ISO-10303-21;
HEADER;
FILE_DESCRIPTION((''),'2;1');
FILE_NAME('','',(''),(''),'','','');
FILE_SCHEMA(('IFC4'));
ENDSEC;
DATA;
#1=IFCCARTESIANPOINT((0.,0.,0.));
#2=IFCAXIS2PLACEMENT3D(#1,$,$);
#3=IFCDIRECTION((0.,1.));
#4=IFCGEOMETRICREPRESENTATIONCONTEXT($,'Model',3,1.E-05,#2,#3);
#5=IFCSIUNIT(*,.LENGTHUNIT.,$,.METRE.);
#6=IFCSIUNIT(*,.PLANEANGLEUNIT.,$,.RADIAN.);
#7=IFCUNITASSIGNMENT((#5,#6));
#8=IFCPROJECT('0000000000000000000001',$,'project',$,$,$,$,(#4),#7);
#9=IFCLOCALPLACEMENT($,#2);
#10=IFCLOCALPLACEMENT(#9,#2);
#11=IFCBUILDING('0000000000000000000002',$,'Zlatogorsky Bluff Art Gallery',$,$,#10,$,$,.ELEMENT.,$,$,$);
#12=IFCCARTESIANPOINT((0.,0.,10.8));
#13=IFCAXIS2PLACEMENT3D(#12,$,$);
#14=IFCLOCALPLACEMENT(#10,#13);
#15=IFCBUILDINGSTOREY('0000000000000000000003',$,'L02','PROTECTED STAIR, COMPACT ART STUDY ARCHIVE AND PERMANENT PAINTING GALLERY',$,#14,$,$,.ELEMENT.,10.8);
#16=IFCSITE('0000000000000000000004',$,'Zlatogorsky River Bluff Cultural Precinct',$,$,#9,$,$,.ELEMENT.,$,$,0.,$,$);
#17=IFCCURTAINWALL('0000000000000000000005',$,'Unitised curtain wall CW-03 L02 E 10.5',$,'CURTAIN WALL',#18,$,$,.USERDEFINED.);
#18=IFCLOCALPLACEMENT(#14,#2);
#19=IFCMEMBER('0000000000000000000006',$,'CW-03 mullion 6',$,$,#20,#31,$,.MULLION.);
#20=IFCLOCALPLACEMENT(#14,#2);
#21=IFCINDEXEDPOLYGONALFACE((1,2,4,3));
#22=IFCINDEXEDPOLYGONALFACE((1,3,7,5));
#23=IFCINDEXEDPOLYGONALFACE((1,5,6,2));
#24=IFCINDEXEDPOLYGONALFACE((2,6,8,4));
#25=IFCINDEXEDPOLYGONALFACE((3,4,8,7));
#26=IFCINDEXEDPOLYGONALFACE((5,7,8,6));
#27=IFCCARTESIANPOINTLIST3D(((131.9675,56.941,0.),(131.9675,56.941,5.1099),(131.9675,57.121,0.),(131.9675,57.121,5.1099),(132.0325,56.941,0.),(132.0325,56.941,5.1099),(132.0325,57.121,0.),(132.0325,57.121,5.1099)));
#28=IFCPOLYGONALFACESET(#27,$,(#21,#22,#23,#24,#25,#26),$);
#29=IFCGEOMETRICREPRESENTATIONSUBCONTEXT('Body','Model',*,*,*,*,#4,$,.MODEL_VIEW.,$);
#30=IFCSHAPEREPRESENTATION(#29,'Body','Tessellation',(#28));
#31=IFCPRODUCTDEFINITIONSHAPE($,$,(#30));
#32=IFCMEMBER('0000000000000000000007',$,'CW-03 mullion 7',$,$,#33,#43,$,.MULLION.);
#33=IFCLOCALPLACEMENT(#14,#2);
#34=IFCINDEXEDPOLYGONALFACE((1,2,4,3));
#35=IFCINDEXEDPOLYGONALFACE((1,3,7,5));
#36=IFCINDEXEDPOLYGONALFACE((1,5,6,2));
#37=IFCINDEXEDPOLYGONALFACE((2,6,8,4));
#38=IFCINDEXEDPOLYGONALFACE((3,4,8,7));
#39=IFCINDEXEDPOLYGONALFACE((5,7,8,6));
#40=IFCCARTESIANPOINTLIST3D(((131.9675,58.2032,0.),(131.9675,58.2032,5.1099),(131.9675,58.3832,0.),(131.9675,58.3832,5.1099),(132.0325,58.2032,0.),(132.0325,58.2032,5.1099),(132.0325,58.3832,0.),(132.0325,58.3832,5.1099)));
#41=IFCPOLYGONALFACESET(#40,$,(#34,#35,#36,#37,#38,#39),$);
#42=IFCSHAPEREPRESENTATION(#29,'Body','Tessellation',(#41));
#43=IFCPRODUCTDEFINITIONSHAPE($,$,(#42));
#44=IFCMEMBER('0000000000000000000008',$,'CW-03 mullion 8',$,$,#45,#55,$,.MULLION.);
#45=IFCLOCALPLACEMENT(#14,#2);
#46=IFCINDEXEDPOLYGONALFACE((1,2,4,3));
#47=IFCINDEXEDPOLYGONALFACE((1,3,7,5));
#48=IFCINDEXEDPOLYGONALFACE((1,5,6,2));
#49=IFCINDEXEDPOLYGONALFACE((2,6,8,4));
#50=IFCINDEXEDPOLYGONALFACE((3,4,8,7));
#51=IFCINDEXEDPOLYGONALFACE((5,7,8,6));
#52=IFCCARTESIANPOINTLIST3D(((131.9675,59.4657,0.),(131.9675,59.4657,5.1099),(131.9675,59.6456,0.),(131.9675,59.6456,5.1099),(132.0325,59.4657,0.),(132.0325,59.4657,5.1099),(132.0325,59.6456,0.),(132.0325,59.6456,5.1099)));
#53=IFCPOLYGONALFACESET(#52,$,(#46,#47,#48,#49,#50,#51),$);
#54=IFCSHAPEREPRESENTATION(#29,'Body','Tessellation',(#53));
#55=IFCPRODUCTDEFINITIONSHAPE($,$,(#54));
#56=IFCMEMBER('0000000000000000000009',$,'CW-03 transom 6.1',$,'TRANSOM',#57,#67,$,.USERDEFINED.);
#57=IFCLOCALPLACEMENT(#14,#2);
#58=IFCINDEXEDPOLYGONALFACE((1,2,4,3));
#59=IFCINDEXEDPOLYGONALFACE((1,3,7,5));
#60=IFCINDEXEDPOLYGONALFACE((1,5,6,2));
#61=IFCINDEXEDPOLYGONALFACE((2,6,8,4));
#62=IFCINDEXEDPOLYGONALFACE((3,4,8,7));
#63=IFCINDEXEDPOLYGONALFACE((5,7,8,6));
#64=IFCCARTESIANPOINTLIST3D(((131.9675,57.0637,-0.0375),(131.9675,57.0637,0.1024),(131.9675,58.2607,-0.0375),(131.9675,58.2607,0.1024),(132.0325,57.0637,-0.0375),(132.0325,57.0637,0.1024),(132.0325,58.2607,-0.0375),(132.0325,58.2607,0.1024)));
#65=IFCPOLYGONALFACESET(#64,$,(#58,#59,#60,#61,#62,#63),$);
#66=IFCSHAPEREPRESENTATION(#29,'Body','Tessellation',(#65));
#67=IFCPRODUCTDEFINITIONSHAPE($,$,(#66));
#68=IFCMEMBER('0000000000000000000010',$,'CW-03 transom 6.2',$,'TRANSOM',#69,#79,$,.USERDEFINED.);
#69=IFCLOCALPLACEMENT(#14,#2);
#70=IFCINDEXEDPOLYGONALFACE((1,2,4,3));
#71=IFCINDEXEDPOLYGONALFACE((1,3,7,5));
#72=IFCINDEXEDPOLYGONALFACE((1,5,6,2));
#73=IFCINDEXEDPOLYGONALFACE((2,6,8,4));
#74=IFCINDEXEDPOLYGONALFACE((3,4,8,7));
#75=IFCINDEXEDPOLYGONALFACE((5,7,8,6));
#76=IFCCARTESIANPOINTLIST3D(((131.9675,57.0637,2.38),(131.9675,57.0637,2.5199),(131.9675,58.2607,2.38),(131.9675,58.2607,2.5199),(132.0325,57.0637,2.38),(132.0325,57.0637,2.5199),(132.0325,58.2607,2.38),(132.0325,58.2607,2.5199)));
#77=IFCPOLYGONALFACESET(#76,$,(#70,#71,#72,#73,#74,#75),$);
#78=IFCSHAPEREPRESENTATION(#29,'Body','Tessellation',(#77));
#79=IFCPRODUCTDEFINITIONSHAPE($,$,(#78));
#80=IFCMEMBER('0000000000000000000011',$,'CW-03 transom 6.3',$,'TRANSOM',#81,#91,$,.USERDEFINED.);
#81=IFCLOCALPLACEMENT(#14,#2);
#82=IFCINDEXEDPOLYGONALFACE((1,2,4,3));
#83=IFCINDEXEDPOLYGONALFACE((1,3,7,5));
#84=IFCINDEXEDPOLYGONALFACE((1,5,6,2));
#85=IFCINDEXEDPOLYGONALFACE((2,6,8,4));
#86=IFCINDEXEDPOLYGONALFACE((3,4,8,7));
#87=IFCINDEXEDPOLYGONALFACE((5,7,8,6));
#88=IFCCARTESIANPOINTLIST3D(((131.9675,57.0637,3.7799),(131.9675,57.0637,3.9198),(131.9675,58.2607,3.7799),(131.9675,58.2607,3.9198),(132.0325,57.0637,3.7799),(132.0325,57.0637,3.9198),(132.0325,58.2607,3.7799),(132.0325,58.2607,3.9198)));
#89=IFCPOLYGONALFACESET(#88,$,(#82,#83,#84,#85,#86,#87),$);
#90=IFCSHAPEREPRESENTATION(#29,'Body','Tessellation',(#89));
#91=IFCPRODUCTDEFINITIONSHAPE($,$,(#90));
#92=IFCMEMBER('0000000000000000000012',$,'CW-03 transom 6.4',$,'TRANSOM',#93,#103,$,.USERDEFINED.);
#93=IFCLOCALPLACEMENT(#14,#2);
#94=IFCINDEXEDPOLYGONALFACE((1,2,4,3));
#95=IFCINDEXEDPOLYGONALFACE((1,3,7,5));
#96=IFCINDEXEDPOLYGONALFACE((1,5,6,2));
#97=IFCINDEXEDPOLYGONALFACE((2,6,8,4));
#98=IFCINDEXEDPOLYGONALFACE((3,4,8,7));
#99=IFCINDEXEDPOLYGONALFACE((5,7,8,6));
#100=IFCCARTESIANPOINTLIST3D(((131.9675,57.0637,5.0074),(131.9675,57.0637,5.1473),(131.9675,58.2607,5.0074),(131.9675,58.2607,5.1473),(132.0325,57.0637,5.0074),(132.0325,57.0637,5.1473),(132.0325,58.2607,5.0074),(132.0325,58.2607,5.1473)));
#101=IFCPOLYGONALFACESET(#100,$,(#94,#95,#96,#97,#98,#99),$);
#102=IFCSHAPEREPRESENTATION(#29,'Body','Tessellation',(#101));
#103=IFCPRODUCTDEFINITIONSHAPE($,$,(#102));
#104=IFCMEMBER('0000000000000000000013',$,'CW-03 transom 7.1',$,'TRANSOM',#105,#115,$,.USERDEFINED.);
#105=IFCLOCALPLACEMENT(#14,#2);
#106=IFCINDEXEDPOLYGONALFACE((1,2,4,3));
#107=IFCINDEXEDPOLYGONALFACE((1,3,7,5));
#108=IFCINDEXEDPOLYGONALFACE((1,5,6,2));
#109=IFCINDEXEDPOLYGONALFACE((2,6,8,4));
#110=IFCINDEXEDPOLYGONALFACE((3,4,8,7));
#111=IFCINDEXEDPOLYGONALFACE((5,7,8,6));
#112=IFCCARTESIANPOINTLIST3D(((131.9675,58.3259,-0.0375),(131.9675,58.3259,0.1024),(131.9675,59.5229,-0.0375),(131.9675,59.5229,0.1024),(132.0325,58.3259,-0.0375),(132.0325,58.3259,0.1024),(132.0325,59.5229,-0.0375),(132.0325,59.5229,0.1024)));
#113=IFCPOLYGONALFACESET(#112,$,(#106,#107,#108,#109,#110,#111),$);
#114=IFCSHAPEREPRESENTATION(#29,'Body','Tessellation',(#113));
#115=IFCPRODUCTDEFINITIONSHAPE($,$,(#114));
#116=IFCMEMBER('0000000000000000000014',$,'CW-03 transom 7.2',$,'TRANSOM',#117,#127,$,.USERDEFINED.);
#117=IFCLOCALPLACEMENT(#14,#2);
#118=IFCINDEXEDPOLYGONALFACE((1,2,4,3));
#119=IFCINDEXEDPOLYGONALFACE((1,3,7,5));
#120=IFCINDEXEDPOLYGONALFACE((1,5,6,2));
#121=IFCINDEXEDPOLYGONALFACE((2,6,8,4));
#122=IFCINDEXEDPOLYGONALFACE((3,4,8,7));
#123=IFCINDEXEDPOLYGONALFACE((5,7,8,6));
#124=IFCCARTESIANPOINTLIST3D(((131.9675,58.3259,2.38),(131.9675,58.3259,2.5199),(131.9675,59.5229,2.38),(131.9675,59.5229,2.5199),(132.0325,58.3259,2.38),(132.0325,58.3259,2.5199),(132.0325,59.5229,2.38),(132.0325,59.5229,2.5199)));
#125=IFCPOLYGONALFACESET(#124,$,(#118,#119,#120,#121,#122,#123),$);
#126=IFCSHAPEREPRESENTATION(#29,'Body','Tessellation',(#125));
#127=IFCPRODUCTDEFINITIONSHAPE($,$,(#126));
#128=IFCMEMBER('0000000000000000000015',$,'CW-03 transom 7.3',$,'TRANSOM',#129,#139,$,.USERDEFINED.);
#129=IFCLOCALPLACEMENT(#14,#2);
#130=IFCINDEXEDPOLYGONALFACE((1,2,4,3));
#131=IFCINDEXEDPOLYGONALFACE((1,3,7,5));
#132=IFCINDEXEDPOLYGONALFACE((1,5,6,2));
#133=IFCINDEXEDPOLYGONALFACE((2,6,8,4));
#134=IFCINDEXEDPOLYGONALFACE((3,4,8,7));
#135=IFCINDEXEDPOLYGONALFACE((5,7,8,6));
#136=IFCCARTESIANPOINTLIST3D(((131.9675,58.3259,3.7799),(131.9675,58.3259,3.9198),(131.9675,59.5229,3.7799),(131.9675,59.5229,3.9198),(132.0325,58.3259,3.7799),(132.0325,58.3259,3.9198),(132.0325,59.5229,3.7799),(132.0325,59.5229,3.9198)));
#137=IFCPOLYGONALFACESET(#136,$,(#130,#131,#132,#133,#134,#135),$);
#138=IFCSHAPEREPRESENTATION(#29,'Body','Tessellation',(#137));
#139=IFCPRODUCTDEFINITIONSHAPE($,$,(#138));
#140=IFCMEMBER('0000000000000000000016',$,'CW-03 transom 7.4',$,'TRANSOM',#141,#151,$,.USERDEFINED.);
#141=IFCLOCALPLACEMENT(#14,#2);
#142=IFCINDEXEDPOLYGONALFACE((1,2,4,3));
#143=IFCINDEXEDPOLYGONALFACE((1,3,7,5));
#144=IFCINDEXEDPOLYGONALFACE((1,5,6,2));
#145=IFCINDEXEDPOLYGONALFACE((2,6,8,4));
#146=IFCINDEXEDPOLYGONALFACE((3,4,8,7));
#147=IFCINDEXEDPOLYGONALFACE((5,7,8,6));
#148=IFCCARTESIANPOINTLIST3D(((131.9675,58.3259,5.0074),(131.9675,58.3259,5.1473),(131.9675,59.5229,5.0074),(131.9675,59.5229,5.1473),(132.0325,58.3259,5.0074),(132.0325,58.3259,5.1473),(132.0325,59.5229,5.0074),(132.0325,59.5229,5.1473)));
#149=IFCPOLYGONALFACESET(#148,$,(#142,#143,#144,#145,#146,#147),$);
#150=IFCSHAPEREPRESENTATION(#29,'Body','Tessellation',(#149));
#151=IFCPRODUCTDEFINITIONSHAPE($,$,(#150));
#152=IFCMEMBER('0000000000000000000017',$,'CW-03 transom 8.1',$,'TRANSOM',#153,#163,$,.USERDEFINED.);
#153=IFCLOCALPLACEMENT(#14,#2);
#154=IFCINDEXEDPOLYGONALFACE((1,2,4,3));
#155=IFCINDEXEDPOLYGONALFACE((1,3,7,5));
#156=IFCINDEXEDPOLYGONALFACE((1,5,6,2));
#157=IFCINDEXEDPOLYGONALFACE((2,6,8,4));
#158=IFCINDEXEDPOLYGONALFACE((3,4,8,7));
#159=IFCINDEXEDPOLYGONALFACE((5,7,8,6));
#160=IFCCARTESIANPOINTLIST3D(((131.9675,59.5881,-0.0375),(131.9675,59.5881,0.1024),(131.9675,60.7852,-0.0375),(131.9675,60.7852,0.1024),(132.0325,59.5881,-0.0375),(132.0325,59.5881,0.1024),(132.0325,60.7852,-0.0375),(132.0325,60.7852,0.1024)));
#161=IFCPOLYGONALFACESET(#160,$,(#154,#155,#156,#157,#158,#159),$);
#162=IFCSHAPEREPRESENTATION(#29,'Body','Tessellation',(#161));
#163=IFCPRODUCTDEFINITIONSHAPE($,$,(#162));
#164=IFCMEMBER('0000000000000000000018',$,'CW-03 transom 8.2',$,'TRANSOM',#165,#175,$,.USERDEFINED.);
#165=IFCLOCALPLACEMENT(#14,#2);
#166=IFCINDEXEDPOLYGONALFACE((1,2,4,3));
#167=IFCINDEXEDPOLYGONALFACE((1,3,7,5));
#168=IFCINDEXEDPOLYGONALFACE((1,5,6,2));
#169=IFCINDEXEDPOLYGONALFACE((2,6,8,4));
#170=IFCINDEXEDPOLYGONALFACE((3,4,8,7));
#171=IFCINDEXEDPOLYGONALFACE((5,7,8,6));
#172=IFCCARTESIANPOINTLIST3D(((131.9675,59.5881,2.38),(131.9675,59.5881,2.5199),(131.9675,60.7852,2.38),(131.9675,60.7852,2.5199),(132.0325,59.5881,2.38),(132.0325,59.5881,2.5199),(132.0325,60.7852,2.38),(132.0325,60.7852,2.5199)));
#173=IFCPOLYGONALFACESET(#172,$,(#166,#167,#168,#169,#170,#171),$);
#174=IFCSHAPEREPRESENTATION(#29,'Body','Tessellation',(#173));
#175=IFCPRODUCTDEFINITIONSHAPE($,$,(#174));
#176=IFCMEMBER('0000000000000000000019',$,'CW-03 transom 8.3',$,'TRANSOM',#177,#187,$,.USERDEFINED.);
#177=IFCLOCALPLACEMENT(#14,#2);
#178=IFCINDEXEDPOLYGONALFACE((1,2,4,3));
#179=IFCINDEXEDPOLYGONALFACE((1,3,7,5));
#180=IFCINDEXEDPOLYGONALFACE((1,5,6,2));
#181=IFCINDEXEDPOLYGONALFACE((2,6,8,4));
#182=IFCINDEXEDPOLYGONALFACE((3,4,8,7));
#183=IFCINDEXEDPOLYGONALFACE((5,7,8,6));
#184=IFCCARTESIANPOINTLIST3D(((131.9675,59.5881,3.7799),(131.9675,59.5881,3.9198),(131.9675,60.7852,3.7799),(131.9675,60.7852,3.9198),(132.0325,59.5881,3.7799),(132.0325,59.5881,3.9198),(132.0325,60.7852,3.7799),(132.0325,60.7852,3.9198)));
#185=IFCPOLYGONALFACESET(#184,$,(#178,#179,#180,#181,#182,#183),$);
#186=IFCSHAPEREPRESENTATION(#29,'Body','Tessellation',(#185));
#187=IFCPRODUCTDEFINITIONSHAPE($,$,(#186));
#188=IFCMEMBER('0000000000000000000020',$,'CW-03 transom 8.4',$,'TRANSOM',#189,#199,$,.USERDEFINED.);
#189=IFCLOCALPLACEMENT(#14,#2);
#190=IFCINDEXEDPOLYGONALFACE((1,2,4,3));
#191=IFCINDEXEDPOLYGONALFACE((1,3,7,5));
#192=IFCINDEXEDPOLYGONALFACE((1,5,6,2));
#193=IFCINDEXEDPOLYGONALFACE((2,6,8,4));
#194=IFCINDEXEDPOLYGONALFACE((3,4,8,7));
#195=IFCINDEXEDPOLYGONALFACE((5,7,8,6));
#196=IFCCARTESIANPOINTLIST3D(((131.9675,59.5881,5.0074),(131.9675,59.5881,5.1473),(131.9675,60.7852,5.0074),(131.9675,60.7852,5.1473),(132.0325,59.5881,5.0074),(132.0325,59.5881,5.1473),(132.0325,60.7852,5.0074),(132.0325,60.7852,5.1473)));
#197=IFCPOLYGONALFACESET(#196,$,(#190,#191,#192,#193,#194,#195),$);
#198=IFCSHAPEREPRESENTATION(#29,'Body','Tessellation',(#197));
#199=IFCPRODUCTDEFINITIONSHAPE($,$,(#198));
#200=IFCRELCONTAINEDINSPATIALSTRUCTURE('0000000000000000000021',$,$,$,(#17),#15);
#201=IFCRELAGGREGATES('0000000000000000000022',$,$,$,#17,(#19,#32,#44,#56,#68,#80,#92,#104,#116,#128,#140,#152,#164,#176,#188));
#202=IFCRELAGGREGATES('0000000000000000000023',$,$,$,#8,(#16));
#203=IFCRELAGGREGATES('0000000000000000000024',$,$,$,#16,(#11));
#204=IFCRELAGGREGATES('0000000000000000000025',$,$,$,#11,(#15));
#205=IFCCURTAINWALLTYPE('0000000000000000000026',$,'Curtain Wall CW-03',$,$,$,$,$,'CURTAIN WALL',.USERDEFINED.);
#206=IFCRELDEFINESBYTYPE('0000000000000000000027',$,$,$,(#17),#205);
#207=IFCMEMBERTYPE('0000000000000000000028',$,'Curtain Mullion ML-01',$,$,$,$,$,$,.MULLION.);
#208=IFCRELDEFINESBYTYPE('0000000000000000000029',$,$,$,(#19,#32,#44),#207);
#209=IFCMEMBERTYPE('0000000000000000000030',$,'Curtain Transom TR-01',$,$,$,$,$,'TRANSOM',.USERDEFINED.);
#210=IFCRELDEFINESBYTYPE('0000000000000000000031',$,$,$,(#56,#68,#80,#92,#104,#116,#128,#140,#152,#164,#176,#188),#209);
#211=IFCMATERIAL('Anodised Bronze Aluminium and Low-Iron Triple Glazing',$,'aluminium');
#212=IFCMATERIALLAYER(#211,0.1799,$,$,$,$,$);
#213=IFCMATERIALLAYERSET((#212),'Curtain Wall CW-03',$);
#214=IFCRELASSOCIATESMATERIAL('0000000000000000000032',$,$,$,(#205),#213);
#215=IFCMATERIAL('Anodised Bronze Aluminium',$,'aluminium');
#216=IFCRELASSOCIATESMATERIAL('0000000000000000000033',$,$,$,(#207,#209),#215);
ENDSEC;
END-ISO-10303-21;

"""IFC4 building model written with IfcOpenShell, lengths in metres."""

from ifc_helpers import new_model, si_unit, direction, frame, origin, origin_2d, place, context, subcontext, project, spatial, rectangle, extrude, material, layer, layer_set, material_profile, profile_set, type_object, element, aggregate, save


model = new_model("IFC4")

# Units and contexts
model_context = context("Model", 3, precision=1e-05, world=origin(), true_north=direction((0.0, 1.0)))
body_context = subcontext(model_context, "Body", "Model", "MODEL_VIEW")
ifc_project = project(units=[si_unit("LENGTHUNIT", "METRE"), si_unit("PLANEANGLEUNIT", "RADIAN")], contexts=[model_context])

# Site, building, storey
site_placement = place(None, origin())
site = spatial("IfcSite", under=ifc_project, at=site_placement, Name="Zlatogorsky River Bluff Cultural Precinct", CompositionType="ELEMENT", RefElevation=0.0)
building_placement = place(site_placement, origin())
building = spatial("IfcBuilding", under=site, at=building_placement, Name="Zlatogorsky Bluff Art Gallery", CompositionType="ELEMENT")
storey_placement = place(building_placement, frame((0.0, 0.0, 10.8)))
storey = spatial("IfcBuildingStorey", under=building, at=storey_placement, Name="L02", Description="PROTECTED STAIR, COMPACT ART STUDY ARCHIVE AND PERMANENT PAINTING GALLERY", CompositionType="ELEMENT", Elevation=10.8)

# Curtain wall, members
ifc_material_1 = material(Name="Anodised Bronze Aluminium and Low-Iron Triple Glazing", Category="aluminium")
ifc_layer_1 = layer(ifc_material_1, 0.1799)
ifc_layer_set_1 = layer_set([ifc_layer_1], Name="Curtain Wall CW-03")
curtain_wall_type = type_object("IfcCurtainWallType", Name="Curtain Wall CW-03", ElementType="CURTAIN WALL", PredefinedType="USERDEFINED", material=ifc_layer_set_1)
curtain_wall_placement = place(storey_placement, origin())
curtain_wall = element("IfcCurtainWall", 1, at=curtain_wall_placement, inside=storey, type_object=curtain_wall_type, Name="Unitised curtain wall CW-03 L02 E 10.5", ObjectType="CURTAIN WALL", PredefinedType="USERDEFINED")
ifc_material_2 = material(Name="Anodised Bronze Aluminium", Category="aluminium")
ifc_material_profile_1 = material_profile(ifc_material_2, rectangle(XDim=0.0649, YDim=0.1799, at=origin_2d()), Name="ALU MULLION 65x180")
ifc_profile_set_1 = profile_set([ifc_material_profile_1], Name="Anodised Bronze Aluminium")
member_type_1 = type_object("IfcMemberType", Name="Curtain Mullion ML-01", PredefinedType="MULLION", material=ifc_profile_set_1)
member_1_placement = place(storey_placement, frame((132.0, 57.031, 0.0), z_axis=(0.0, 0.0, 1.0), x_axis=(-1.0, 0.0, 0.0)))
member_1 = element("IfcMember", 2, at=member_1_placement, type_object=member_type_1, Name="CW-03 mullion 6", PredefinedType="MULLION", context=body_context, shape_type="SweptSolid", body=[
    extrude(rectangle(XDim=0.0649, YDim=0.1799, at=origin_2d()), origin(), (0.0, 0.0, 1.0), 5.1099),
])
member_2_placement = place(storey_placement, frame((132.0, 58.2932, 0.0), z_axis=(0.0, 0.0, 1.0), x_axis=(-1.0, 0.0, 0.0)))
member_2 = element("IfcMember", 3, at=member_2_placement, type_object=member_type_1, Name="CW-03 mullion 7", PredefinedType="MULLION", context=body_context, shape_type="SweptSolid", body=[
    extrude(rectangle(XDim=0.0649, YDim=0.1799, at=origin_2d()), origin(), (0.0, 0.0, 1.0), 5.1099),
])
member_3_placement = place(storey_placement, frame((132.0, 59.5557, 0.0), z_axis=(0.0, 0.0, 1.0), x_axis=(-1.0, 0.0, 0.0)))
member_3 = element("IfcMember", 4, at=member_3_placement, type_object=member_type_1, Name="CW-03 mullion 8", PredefinedType="MULLION", context=body_context, shape_type="SweptSolid", body=[
    extrude(rectangle(XDim=0.0649, YDim=0.1799, at=origin_2d()), origin(), (0.0, 0.0, 1.0), 5.1099),
])
ifc_material_profile_2 = material_profile(ifc_material_2, rectangle(XDim=0.0649, YDim=0.1399, at=origin_2d()), Name="ALU TRANSOM 65x140")
ifc_profile_set_2 = profile_set([ifc_material_profile_2], Name="Anodised Bronze Aluminium")
member_type_2 = type_object("IfcMemberType", Name="Curtain Transom TR-01", ElementType="TRANSOM", PredefinedType="USERDEFINED", material=ifc_profile_set_2)
member_4_placement = place(storey_placement, frame((132.0, 57.0637, 0.0325), z_axis=(0.0, 1.0, 0.0), x_axis=(-1.0, 0.0, 0.0)))
member_4 = element("IfcMember", 5, at=member_4_placement, type_object=member_type_2, Name="CW-03 transom 6.1", ObjectType="TRANSOM", PredefinedType="USERDEFINED", context=body_context, shape_type="SweptSolid", body=[
    extrude(rectangle(XDim=0.0649, YDim=0.1399, at=origin_2d()), origin(), (0.0, 0.0, 1.0), 1.197),
])
member_5_placement = place(storey_placement, frame((132.0, 57.0637, 2.45), z_axis=(0.0, 1.0, 0.0), x_axis=(-1.0, 0.0, 0.0)))
member_5 = element("IfcMember", 6, at=member_5_placement, type_object=member_type_2, Name="CW-03 transom 6.2", ObjectType="TRANSOM", PredefinedType="USERDEFINED", context=body_context, shape_type="SweptSolid", body=[
    extrude(rectangle(XDim=0.0649, YDim=0.1399, at=origin_2d()), origin(), (0.0, 0.0, 1.0), 1.197),
])
member_6_placement = place(storey_placement, frame((132.0, 57.0637, 3.8499), z_axis=(0.0, 1.0, 0.0), x_axis=(-1.0, 0.0, 0.0)))
member_6 = element("IfcMember", 7, at=member_6_placement, type_object=member_type_2, Name="CW-03 transom 6.3", ObjectType="TRANSOM", PredefinedType="USERDEFINED", context=body_context, shape_type="SweptSolid", body=[
    extrude(rectangle(XDim=0.0649, YDim=0.1399, at=origin_2d()), origin(), (0.0, 0.0, 1.0), 1.197),
])
member_7_placement = place(storey_placement, frame((132.0, 57.0637, 5.0774), z_axis=(0.0, 1.0, 0.0), x_axis=(-1.0, 0.0, 0.0)))
member_7 = element("IfcMember", 8, at=member_7_placement, type_object=member_type_2, Name="CW-03 transom 6.4", ObjectType="TRANSOM", PredefinedType="USERDEFINED", context=body_context, shape_type="SweptSolid", body=[
    extrude(rectangle(XDim=0.0649, YDim=0.1399, at=origin_2d()), origin(), (0.0, 0.0, 1.0), 1.197),
])
member_8_placement = place(storey_placement, frame((132.0, 58.3259, 0.0325), z_axis=(0.0, 1.0, 0.0), x_axis=(-1.0, 0.0, 0.0)))
member_8 = element("IfcMember", 9, at=member_8_placement, type_object=member_type_2, Name="CW-03 transom 7.1", ObjectType="TRANSOM", PredefinedType="USERDEFINED", context=body_context, shape_type="SweptSolid", body=[
    extrude(rectangle(XDim=0.0649, YDim=0.1399, at=origin_2d()), origin(), (0.0, 0.0, 1.0), 1.197),
])
member_9_placement = place(storey_placement, frame((132.0, 58.3259, 2.45), z_axis=(0.0, 1.0, 0.0), x_axis=(-1.0, 0.0, 0.0)))
member_9 = element("IfcMember", 10, at=member_9_placement, type_object=member_type_2, Name="CW-03 transom 7.2", ObjectType="TRANSOM", PredefinedType="USERDEFINED", context=body_context, shape_type="SweptSolid", body=[
    extrude(rectangle(XDim=0.0649, YDim=0.1399, at=origin_2d()), origin(), (0.0, 0.0, 1.0), 1.197),
])
member_10_placement = place(storey_placement, frame((132.0, 58.3259, 3.8499), z_axis=(0.0, 1.0, 0.0), x_axis=(-1.0, 0.0, 0.0)))
member_10 = element("IfcMember", 11, at=member_10_placement, type_object=member_type_2, Name="CW-03 transom 7.3", ObjectType="TRANSOM", PredefinedType="USERDEFINED", context=body_context, shape_type="SweptSolid", body=[
    extrude(rectangle(XDim=0.0649, YDim=0.1399, at=origin_2d()), origin(), (0.0, 0.0, 1.0), 1.197),
])
member_11_placement = place(storey_placement, frame((132.0, 58.3259, 5.0774), z_axis=(0.0, 1.0, 0.0), x_axis=(-1.0, 0.0, 0.0)))
member_11 = element("IfcMember", 12, at=member_11_placement, type_object=member_type_2, Name="CW-03 transom 7.4", ObjectType="TRANSOM", PredefinedType="USERDEFINED", context=body_context, shape_type="SweptSolid", body=[
    extrude(rectangle(XDim=0.0649, YDim=0.1399, at=origin_2d()), origin(), (0.0, 0.0, 1.0), 1.197),
])
member_12_placement = place(storey_placement, frame((132.0, 59.5881, 0.0325), z_axis=(0.0, 1.0, 0.0), x_axis=(-1.0, 0.0, 0.0)))
member_12 = element("IfcMember", 13, at=member_12_placement, type_object=member_type_2, Name="CW-03 transom 8.1", ObjectType="TRANSOM", PredefinedType="USERDEFINED", context=body_context, shape_type="SweptSolid", body=[
    extrude(rectangle(XDim=0.0649, YDim=0.1399, at=origin_2d()), origin(), (0.0, 0.0, 1.0), 1.197),
])
member_13_placement = place(storey_placement, frame((132.0, 59.5881, 2.45), z_axis=(0.0, 1.0, 0.0), x_axis=(-1.0, 0.0, 0.0)))
member_13 = element("IfcMember", 14, at=member_13_placement, type_object=member_type_2, Name="CW-03 transom 8.2", ObjectType="TRANSOM", PredefinedType="USERDEFINED", context=body_context, shape_type="SweptSolid", body=[
    extrude(rectangle(XDim=0.0649, YDim=0.1399, at=origin_2d()), origin(), (0.0, 0.0, 1.0), 1.197),
])
member_14_placement = place(storey_placement, frame((132.0, 59.5881, 3.8499), z_axis=(0.0, 1.0, 0.0), x_axis=(-1.0, 0.0, 0.0)))
member_14 = element("IfcMember", 15, at=member_14_placement, type_object=member_type_2, Name="CW-03 transom 8.3", ObjectType="TRANSOM", PredefinedType="USERDEFINED", context=body_context, shape_type="SweptSolid", body=[
    extrude(rectangle(XDim=0.0649, YDim=0.1399, at=origin_2d()), origin(), (0.0, 0.0, 1.0), 1.197),
])
member_15_placement = place(storey_placement, frame((132.0, 59.5881, 5.0774), z_axis=(0.0, 1.0, 0.0), x_axis=(-1.0, 0.0, 0.0)))
member_15 = element("IfcMember", 16, at=member_15_placement, type_object=member_type_2, Name="CW-03 transom 8.4", ObjectType="TRANSOM", PredefinedType="USERDEFINED", context=body_context, shape_type="SweptSolid", body=[
    extrude(rectangle(XDim=0.0649, YDim=0.1399, at=origin_2d()), origin(), (0.0, 0.0, 1.0), 1.197),
])
aggregate(curtain_wall, [member_1, member_2, member_3, member_4, member_5, member_6, member_7, member_8, member_9, member_10, member_11, member_12, member_13, member_14, member_15])

save(model, "model.ifc")
